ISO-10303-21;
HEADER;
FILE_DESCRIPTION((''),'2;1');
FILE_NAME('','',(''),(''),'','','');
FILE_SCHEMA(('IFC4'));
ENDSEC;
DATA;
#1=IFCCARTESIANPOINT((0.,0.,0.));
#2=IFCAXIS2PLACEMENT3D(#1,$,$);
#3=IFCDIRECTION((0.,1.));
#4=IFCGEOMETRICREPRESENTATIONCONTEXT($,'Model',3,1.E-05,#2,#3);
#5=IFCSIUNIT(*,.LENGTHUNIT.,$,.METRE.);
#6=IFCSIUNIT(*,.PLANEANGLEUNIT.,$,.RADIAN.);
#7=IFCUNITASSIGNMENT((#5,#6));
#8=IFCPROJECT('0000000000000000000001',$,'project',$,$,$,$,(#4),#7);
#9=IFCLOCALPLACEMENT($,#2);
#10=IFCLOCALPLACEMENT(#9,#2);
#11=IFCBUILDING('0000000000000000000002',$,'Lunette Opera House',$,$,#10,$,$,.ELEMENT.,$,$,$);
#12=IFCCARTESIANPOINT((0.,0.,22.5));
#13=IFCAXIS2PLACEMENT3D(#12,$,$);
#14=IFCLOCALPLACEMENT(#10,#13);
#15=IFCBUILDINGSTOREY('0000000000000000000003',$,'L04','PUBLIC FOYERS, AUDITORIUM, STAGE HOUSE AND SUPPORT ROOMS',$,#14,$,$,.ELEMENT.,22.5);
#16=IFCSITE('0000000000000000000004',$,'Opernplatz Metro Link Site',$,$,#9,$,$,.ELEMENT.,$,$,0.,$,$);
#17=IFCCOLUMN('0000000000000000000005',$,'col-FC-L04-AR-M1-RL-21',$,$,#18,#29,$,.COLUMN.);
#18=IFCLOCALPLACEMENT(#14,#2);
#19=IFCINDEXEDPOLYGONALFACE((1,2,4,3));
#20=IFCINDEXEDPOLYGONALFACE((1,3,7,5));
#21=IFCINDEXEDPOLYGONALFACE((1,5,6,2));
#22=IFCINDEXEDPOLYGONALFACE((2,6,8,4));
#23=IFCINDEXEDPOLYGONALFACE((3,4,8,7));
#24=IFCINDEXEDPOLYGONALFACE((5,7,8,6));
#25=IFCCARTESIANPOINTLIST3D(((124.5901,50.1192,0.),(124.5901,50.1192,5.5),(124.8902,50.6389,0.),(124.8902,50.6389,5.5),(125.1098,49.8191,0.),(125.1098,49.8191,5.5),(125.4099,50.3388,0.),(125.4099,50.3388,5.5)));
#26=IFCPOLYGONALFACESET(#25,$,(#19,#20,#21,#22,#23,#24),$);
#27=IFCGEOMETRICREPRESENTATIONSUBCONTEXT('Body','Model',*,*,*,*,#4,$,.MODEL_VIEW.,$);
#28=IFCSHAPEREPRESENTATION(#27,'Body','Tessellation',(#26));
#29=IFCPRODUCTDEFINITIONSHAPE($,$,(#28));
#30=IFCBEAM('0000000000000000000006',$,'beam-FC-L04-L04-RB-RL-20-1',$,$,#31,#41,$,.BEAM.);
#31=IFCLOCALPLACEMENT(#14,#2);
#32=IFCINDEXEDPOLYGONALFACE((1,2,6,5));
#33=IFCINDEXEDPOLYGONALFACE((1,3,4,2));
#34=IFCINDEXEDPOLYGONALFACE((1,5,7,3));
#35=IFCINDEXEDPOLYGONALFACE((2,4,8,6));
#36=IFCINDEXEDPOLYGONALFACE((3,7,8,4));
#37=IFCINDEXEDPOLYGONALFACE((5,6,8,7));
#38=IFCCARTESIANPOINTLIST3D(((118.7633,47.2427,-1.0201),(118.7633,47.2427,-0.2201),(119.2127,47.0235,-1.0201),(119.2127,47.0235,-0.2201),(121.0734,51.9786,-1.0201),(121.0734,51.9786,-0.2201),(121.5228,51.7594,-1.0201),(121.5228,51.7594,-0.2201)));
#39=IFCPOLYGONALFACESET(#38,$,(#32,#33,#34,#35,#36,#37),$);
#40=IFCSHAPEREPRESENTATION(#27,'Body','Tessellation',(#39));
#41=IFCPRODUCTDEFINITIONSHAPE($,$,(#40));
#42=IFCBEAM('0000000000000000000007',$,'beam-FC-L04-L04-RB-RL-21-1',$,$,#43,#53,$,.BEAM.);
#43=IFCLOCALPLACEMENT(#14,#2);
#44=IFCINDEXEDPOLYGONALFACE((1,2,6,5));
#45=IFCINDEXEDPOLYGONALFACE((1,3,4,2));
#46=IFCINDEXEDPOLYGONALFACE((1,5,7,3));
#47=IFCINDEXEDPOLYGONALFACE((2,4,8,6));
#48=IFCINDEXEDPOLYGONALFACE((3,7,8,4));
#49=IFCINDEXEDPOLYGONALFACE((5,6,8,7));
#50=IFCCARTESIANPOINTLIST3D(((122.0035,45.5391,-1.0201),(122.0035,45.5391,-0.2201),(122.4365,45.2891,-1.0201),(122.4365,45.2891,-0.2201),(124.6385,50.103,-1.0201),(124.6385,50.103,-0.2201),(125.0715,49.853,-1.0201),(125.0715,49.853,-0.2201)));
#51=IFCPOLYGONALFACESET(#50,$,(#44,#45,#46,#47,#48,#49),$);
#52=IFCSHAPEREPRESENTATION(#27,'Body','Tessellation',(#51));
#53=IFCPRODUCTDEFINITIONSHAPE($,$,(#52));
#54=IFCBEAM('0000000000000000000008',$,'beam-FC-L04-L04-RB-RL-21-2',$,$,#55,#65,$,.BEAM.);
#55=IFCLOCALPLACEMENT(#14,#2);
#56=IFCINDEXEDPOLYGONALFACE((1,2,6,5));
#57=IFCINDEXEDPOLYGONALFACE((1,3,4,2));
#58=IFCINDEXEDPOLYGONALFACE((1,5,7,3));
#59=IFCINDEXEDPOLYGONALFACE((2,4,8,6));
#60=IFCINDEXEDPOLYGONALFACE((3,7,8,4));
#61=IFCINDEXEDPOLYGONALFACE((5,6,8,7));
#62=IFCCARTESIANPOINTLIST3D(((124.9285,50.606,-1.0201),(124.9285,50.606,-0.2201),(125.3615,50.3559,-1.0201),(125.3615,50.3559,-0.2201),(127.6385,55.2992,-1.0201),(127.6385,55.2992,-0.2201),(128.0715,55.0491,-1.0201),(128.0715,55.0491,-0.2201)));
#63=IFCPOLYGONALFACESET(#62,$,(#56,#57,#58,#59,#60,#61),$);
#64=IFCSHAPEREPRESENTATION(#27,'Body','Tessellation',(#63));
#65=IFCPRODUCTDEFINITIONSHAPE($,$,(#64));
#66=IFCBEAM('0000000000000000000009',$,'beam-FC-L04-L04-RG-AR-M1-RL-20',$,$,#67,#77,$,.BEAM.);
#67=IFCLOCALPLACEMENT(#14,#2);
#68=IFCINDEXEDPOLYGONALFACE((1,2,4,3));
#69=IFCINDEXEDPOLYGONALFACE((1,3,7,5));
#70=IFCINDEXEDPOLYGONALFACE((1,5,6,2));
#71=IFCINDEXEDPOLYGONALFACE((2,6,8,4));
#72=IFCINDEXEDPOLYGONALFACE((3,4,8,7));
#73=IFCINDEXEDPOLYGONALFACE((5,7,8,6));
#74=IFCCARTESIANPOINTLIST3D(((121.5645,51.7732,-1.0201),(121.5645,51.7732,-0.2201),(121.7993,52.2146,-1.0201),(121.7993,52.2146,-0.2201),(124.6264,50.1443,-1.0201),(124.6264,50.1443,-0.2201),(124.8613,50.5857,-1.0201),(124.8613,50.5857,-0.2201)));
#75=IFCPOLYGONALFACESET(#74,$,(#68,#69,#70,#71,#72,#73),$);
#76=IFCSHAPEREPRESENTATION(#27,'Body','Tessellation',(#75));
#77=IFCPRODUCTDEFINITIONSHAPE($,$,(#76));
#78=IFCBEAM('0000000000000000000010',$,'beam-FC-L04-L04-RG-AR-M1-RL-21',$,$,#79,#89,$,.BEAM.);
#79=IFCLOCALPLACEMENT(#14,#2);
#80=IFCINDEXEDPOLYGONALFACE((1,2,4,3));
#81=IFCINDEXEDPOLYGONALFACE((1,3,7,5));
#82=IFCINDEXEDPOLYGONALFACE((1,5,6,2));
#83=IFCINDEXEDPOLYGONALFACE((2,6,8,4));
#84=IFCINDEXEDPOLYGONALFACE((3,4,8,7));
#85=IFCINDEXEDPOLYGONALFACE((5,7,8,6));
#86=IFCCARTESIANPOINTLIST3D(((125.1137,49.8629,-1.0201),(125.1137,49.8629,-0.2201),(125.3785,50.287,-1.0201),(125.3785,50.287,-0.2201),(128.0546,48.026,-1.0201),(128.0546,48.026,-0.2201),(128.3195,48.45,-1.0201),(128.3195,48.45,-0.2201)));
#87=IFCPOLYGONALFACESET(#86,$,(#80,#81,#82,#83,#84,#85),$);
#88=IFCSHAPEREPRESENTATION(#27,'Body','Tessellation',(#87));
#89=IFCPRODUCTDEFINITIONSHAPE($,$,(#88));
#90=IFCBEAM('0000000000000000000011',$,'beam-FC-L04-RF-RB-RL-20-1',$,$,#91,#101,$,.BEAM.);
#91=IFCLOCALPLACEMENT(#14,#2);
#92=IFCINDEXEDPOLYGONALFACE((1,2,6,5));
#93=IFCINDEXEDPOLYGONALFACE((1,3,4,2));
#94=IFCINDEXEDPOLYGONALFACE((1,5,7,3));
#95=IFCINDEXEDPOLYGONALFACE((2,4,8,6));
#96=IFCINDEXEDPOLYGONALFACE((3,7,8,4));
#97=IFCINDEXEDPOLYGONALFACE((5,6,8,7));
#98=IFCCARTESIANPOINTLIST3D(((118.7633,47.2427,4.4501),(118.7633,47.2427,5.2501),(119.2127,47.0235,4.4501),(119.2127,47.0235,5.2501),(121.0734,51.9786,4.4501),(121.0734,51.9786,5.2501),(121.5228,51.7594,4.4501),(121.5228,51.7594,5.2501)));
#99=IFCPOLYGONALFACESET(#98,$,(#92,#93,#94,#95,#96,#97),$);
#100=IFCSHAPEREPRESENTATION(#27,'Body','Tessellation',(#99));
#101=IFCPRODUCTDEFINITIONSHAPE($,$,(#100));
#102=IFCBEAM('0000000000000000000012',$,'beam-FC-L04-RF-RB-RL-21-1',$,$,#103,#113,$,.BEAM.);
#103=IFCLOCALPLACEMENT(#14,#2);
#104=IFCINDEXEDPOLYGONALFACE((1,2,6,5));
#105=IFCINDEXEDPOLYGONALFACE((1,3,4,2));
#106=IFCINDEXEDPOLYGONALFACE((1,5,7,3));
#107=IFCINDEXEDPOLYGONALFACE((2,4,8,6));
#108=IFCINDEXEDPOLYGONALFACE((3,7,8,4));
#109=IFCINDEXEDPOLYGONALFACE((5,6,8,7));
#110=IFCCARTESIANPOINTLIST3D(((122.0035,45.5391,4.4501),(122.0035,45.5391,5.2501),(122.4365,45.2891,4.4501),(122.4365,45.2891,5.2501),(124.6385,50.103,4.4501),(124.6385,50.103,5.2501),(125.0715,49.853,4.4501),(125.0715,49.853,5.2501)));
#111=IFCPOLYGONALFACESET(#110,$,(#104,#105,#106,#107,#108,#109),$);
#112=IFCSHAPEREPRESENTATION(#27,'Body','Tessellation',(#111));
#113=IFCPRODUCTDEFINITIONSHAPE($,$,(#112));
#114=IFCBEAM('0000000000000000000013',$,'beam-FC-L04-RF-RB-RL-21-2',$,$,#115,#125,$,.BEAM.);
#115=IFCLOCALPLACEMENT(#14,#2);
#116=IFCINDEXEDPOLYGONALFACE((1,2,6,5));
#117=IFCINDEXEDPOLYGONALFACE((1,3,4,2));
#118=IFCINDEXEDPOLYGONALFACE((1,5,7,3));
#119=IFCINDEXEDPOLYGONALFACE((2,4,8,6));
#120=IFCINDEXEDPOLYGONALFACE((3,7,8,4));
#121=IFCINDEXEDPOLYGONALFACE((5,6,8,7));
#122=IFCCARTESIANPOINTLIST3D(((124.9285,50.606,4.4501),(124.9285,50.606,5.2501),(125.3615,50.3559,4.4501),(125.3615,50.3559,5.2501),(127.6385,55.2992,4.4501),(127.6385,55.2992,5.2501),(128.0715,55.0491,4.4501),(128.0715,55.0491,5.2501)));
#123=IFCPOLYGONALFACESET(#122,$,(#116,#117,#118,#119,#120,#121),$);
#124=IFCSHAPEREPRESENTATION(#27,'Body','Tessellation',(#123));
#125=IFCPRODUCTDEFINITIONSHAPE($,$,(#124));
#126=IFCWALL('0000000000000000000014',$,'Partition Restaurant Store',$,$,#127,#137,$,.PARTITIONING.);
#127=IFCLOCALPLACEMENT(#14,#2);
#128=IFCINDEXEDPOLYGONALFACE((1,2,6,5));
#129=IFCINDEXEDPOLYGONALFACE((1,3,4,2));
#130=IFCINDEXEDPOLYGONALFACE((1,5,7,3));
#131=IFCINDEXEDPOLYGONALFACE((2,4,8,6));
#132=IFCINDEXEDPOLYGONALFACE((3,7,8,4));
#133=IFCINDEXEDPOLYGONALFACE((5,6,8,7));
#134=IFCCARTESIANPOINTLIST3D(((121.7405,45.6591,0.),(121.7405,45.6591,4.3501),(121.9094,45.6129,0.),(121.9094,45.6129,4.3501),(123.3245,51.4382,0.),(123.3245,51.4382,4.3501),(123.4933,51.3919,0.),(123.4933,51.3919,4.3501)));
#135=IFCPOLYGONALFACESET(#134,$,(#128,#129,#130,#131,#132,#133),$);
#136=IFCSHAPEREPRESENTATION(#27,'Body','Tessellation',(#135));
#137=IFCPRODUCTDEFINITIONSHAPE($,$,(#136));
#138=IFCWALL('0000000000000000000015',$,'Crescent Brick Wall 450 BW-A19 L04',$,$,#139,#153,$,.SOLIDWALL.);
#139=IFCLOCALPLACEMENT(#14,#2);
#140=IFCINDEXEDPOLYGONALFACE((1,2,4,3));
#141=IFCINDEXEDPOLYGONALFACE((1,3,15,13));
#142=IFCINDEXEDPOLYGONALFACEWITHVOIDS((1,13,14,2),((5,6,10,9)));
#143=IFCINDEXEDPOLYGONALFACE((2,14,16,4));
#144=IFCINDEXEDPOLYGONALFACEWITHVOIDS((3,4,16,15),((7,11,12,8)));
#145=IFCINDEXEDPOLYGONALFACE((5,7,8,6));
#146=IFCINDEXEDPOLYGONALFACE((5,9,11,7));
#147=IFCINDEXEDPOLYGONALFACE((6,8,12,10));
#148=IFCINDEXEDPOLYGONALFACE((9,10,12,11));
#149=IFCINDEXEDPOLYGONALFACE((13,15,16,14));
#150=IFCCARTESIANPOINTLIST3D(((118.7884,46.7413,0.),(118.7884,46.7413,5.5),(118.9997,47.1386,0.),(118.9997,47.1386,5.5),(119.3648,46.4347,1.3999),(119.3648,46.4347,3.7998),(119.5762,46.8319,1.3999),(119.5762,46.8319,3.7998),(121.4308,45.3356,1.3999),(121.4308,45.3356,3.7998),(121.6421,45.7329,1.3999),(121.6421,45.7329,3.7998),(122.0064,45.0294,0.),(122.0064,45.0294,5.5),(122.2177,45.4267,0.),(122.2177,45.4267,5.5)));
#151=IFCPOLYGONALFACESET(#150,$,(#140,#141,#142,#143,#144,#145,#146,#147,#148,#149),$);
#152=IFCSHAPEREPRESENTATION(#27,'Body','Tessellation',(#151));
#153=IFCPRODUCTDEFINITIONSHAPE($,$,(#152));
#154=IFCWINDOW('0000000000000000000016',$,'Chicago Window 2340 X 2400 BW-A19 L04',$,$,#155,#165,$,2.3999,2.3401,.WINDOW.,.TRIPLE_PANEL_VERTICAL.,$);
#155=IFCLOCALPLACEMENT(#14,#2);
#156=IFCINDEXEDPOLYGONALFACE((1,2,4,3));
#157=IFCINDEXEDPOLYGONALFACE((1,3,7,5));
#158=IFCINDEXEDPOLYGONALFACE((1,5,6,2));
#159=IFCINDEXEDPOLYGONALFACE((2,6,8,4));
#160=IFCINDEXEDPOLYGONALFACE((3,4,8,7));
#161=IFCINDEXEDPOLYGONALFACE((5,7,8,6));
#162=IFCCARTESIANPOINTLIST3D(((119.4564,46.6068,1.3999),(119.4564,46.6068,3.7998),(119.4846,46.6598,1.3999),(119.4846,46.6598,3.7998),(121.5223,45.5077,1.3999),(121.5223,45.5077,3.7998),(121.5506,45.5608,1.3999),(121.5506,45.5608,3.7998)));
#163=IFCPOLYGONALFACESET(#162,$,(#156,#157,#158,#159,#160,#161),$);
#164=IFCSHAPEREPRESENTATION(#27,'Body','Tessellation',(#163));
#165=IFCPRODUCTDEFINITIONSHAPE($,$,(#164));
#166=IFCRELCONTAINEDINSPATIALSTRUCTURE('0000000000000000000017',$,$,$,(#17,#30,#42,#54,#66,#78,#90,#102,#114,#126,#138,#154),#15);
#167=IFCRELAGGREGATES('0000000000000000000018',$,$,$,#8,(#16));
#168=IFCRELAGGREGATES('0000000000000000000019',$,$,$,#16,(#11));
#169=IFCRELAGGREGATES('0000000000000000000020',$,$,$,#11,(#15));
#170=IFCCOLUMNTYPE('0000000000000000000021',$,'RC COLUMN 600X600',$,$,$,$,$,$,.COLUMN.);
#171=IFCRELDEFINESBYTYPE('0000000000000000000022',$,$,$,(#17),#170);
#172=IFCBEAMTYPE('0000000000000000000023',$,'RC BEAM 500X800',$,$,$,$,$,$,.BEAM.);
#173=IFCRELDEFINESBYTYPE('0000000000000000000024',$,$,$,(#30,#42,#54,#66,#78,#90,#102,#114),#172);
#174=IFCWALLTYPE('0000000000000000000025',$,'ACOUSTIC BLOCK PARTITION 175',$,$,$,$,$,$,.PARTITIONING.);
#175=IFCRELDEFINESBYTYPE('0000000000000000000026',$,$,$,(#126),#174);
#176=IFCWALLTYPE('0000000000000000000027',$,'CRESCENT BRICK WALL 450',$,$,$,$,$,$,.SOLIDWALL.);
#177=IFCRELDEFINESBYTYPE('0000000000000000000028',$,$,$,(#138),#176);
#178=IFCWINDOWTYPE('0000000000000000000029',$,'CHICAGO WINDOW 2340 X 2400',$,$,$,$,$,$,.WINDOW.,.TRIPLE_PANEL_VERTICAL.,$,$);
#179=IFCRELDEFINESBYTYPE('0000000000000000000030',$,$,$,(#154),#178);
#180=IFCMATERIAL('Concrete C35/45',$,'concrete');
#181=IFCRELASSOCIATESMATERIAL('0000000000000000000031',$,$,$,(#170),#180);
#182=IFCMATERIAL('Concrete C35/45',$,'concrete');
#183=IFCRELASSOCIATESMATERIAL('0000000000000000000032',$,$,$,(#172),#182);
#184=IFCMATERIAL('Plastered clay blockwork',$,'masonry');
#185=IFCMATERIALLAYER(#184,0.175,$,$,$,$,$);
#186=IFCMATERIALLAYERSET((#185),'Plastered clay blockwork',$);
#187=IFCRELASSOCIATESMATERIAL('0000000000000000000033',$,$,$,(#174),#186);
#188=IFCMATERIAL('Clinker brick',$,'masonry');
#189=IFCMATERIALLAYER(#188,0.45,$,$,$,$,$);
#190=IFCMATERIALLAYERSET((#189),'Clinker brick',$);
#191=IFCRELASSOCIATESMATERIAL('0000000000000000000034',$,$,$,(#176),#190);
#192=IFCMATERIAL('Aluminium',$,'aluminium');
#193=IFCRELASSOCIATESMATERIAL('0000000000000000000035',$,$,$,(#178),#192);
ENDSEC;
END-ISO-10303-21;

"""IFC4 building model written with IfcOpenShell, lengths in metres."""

from ifc_helpers import new_model, si_unit, direction, frame, frame_2d, origin, origin_2d, place, context, subcontext, project, spatial, rectangle, extrude, material, layer, layer_set, material_profile, profile_set, type_object, element, fill, save


model = new_model("IFC4")

# Units and contexts
model_context = context("Model", 3, precision=1e-05, world=origin(), true_north=direction((0.0, 1.0)))
body_context = subcontext(model_context, "Body", "Model", "MODEL_VIEW")
ifc_project = project(units=[si_unit("LENGTHUNIT", "METRE"), si_unit("PLANEANGLEUNIT", "RADIAN")], contexts=[model_context])

# Site, building, storey
site_placement = place(None, origin())
site = spatial("IfcSite", under=ifc_project, at=site_placement, Name="Opernplatz Metro Link Site", CompositionType="ELEMENT", RefElevation=0.0)
building_placement = place(site_placement, origin())
building = spatial("IfcBuilding", under=site, at=building_placement, Name="Lunette Opera House", CompositionType="ELEMENT")
storey_placement = place(building_placement, frame((0.0, 0.0, 22.5)))
storey = spatial("IfcBuildingStorey", under=building, at=storey_placement, Name="L04", Description="PUBLIC FOYERS, AUDITORIUM, STAGE HOUSE AND SUPPORT ROOMS", CompositionType="ELEMENT", Elevation=22.5)

# Column
ifc_material_1 = material(Name="Concrete C35/45", Category="concrete")
ifc_material_profile_1 = material_profile(ifc_material_1, rectangle(XDim=0.6001, YDim=0.6001, at=origin_2d()), Name="RC COLUMN 600X600")
ifc_profile_set_1 = profile_set([ifc_material_profile_1], Name="Concrete C35/45")
column_type = type_object("IfcColumnType", Name="RC COLUMN 600X600", PredefinedType="COLUMN", material=ifc_profile_set_1)
column_placement = place(storey_placement, frame((125.0, 50.229, 0.0), z_axis=(0.0, 0.0, 1.0), x_axis=(0.866025, -0.5, 0.0)))
element("IfcColumn", 1, at=column_placement, inside=storey, type_object=column_type, Name="col-FC-L04-AR-M1-RL-21", PredefinedType="COLUMN", context=body_context, shape_type="SweptSolid", body=[
    extrude(rectangle(XDim=0.6001, YDim=0.6001, at=origin_2d()), origin(), (0.0, 0.0, 1.0), 5.5),
])

# Beams
ifc_material_2 = material(Name="Concrete C35/45", Category="concrete")
ifc_material_profile_2 = material_profile(ifc_material_2, rectangle(XDim=0.5, YDim=0.8, at=origin_2d()), Name="RC BEAM 500X800")
ifc_profile_set_2 = profile_set([ifc_material_profile_2], Name="Concrete C35/45")
beam_type = type_object("IfcBeamType", Name="RC BEAM 500X800", PredefinedType="BEAM", material=ifc_profile_set_2)
beam_1_placement = place(storey_placement, frame((118.988, 47.1331, -0.6201), z_axis=(0.438407, 0.898776, 0.0), x_axis=(-0.898776, 0.438407, 0.0)))
element("IfcBeam", 2, at=beam_1_placement, inside=storey, type_object=beam_type, Name="beam-FC-L04-L04-RB-RL-20-1", PredefinedType="BEAM", context=body_context, shape_type="SweptSolid", body=[
    extrude(rectangle(XDim=0.5, YDim=0.8, at=origin_2d()), origin(), (0.0, 0.0, 1.0), 5.2693),
])
beam_2_placement = place(storey_placement, frame((122.22, 45.4141, -0.6201), z_axis=(0.5, 0.866025, 0.0), x_axis=(-0.866025, 0.5, 0.0)))
element("IfcBeam", 3, at=beam_2_placement, inside=storey, type_object=beam_type, Name="beam-FC-L04-L04-RB-RL-21-1", PredefinedType="BEAM", context=body_context, shape_type="SweptSolid", body=[
    extrude(rectangle(XDim=0.5, YDim=0.8, at=origin_2d()), origin(), (0.0, 0.0, 1.0), 5.27),
])
beam_3_placement = place(storey_placement, frame((125.145, 50.481, -0.6201), z_axis=(0.500054, 0.865994, 0.0), x_axis=(-0.865994, 0.500054, 0.0)))
element("IfcBeam", 4, at=beam_3_placement, inside=storey, type_object=beam_type, Name="beam-FC-L04-L04-RB-RL-21-2", PredefinedType="BEAM", context=body_context, shape_type="SweptSolid", body=[
    extrude(rectangle(XDim=0.5, YDim=0.8, at=origin_2d()), origin(), (0.0, 0.0, 1.0), 5.4194),
])
beam_4_placement = place(storey_placement, frame((121.6819, 51.9939, -0.6201), z_axis=(0.882851, -0.469653, 0.0), x_axis=(0.469653, 0.882851, 0.0)))
element("IfcBeam", 5, at=beam_4_placement, inside=storey, type_object=beam_type, Name="beam-FC-L04-L04-RG-AR-M1-RL-20", PredefinedType="BEAM", context=body_context, shape_type="SweptSolid", body=[
    extrude(rectangle(XDim=0.5, YDim=0.8, at=origin_2d()), origin(), (0.0, 0.0, 1.0), 3.4683),
])
beam_5_placement = place(storey_placement, frame((125.2461, 50.075, -0.6201), z_axis=(0.848149, -0.529758, 0.0), x_axis=(0.529758, 0.848149, 0.0)))
element("IfcBeam", 6, at=beam_5_placement, inside=storey, type_object=beam_type, Name="beam-FC-L04-L04-RG-AR-M1-RL-21", PredefinedType="BEAM", context=body_context, shape_type="SweptSolid", body=[
    extrude(rectangle(XDim=0.5, YDim=0.8, at=origin_2d()), origin(), (0.0, 0.0, 1.0), 3.4675),
])
beam_6_placement = place(storey_placement, frame((118.988, 47.1331, 4.8501), z_axis=(0.438407, 0.898776, 0.0), x_axis=(-0.898776, 0.438407, 0.0)))
element("IfcBeam", 7, at=beam_6_placement, inside=storey, type_object=beam_type, Name="beam-FC-L04-RF-RB-RL-20-1", PredefinedType="BEAM", context=body_context, shape_type="SweptSolid", body=[
    extrude(rectangle(XDim=0.5, YDim=0.8, at=origin_2d()), origin(), (0.0, 0.0, 1.0), 5.2693),
])
beam_7_placement = place(storey_placement, frame((122.22, 45.4141, 4.8501), z_axis=(0.5, 0.866025, 0.0), x_axis=(-0.866025, 0.5, 0.0)))
element("IfcBeam", 8, at=beam_7_placement, inside=storey, type_object=beam_type, Name="beam-FC-L04-RF-RB-RL-21-1", PredefinedType="BEAM", context=body_context, shape_type="SweptSolid", body=[
    extrude(rectangle(XDim=0.5, YDim=0.8, at=origin_2d()), origin(), (0.0, 0.0, 1.0), 5.27),
])
beam_8_placement = place(storey_placement, frame((125.145, 50.481, 4.8501), z_axis=(0.500054, 0.865994, 0.0), x_axis=(-0.865994, 0.500054, 0.0)))
element("IfcBeam", 9, at=beam_8_placement, inside=storey, type_object=beam_type, Name="beam-FC-L04-RF-RB-RL-21-2", PredefinedType="BEAM", context=body_context, shape_type="SweptSolid", body=[
    extrude(rectangle(XDim=0.5, YDim=0.8, at=origin_2d()), origin(), (0.0, 0.0, 1.0), 5.4194),
])

# Wall
ifc_material_3 = material(Name="Plastered clay blockwork", Category="masonry")
ifc_layer_1 = layer(ifc_material_3, 0.175)
ifc_layer_set_1 = layer_set([ifc_layer_1], Name="Plastered clay blockwork")
wall_type_1 = type_object("IfcWallType", Name="ACOUSTIC BLOCK PARTITION 175", PredefinedType="PARTITIONING", material=ifc_layer_set_1)
wall_1_placement = place(storey_placement, frame((123.4089, 51.415, 0.0), z_axis=(0.0, 0.0, 1.0), x_axis=(-0.264341, -0.964429, 0.0)))
element("IfcWall", 10, at=wall_1_placement, inside=storey, type_object=wall_type_1, Name="Partition Restaurant Store", PredefinedType="PARTITIONING", context=body_context, shape_type="SweptSolid", body=[
    extrude(rectangle(XDim=5.9922, YDim=0.175, at=frame_2d((2.9961, 0.0))), origin(), (0.0, 0.0, 1.0), 4.3501),
])

# Wall, opening, window
ifc_material_4 = material(Name="Clinker brick", Category="masonry")
ifc_layer_2 = layer(ifc_material_4, 0.45)
ifc_layer_set_2 = layer_set([ifc_layer_2], Name="Clinker brick")
wall_type_2 = type_object("IfcWallType", Name="CRESCENT BRICK WALL 450", PredefinedType="SOLIDWALL", material=ifc_layer_set_2)
wall_2_placement = place(storey_placement, frame((118.894, 46.9399, 0.0), z_axis=(0.0, 0.0, 1.0), x_axis=(0.882849, -0.469656, 0.0)))
wall_2 = element("IfcWall", 11, at=wall_2_placement, inside=storey, type_object=wall_type_2, Name="Crescent Brick Wall 450 BW-A19 L04", PredefinedType="SOLIDWALL", context=body_context, shape_type="SweptSolid", body=[
    extrude(rectangle(XDim=3.645, YDim=0.45, at=frame_2d((1.8225, 0.0))), origin(), (0.0, 0.0, 1.0), 5.5),
])
opening_1_placement = place(wall_2_placement, frame((0.6531, 0.0, 1.3999)))
opening_1 = element("IfcOpeningElement", 12, at=opening_1_placement, cuts=wall_2, PredefinedType="OPENING", context=body_context, shape_type="SweptSolid", body=[
    extrude(rectangle(XDim=2.3401, YDim=2.3999, at=frame_2d((1.1699, 1.2))), frame((0.0, 0.2371, 0.0), z_axis=(0.0, -1.0, 0.0), x_axis=(1.0, 0.0, 0.0)), (0.0, 0.0, 1.0), 0.4739),
])
ifc_material_5 = material(Name="Aluminium", Category="aluminium")
window_type = type_object("IfcWindowType", Name="CHICAGO WINDOW 2340 X 2400", PartitioningType="TRIPLE_PANEL_VERTICAL", PredefinedType="WINDOW", material=ifc_material_5)
window_1_placement = place(opening_1_placement, origin())
window_1 = element("IfcWindow", 13, at=window_1_placement, inside=storey, type_object=window_type, Name="Chicago Window 2340 X 2400 BW-A19 L04", OverallHeight=2.3999, OverallWidth=2.3401, PartitioningType="TRIPLE_PANEL_VERTICAL", PredefinedType="WINDOW", context=body_context, shape_type="SweptSolid", body=[
    extrude(rectangle(XDim=2.3401, YDim=2.3999, at=frame_2d((1.1699, 1.2))), frame((0.0, 0.03, 0.0), z_axis=(0.0, -1.0, 0.0), x_axis=(1.0, 0.0, 0.0)), (0.0, 0.0, 1.0), 0.0601),
])
fill(opening_1, window_1)

save(model, "model.ifc")
